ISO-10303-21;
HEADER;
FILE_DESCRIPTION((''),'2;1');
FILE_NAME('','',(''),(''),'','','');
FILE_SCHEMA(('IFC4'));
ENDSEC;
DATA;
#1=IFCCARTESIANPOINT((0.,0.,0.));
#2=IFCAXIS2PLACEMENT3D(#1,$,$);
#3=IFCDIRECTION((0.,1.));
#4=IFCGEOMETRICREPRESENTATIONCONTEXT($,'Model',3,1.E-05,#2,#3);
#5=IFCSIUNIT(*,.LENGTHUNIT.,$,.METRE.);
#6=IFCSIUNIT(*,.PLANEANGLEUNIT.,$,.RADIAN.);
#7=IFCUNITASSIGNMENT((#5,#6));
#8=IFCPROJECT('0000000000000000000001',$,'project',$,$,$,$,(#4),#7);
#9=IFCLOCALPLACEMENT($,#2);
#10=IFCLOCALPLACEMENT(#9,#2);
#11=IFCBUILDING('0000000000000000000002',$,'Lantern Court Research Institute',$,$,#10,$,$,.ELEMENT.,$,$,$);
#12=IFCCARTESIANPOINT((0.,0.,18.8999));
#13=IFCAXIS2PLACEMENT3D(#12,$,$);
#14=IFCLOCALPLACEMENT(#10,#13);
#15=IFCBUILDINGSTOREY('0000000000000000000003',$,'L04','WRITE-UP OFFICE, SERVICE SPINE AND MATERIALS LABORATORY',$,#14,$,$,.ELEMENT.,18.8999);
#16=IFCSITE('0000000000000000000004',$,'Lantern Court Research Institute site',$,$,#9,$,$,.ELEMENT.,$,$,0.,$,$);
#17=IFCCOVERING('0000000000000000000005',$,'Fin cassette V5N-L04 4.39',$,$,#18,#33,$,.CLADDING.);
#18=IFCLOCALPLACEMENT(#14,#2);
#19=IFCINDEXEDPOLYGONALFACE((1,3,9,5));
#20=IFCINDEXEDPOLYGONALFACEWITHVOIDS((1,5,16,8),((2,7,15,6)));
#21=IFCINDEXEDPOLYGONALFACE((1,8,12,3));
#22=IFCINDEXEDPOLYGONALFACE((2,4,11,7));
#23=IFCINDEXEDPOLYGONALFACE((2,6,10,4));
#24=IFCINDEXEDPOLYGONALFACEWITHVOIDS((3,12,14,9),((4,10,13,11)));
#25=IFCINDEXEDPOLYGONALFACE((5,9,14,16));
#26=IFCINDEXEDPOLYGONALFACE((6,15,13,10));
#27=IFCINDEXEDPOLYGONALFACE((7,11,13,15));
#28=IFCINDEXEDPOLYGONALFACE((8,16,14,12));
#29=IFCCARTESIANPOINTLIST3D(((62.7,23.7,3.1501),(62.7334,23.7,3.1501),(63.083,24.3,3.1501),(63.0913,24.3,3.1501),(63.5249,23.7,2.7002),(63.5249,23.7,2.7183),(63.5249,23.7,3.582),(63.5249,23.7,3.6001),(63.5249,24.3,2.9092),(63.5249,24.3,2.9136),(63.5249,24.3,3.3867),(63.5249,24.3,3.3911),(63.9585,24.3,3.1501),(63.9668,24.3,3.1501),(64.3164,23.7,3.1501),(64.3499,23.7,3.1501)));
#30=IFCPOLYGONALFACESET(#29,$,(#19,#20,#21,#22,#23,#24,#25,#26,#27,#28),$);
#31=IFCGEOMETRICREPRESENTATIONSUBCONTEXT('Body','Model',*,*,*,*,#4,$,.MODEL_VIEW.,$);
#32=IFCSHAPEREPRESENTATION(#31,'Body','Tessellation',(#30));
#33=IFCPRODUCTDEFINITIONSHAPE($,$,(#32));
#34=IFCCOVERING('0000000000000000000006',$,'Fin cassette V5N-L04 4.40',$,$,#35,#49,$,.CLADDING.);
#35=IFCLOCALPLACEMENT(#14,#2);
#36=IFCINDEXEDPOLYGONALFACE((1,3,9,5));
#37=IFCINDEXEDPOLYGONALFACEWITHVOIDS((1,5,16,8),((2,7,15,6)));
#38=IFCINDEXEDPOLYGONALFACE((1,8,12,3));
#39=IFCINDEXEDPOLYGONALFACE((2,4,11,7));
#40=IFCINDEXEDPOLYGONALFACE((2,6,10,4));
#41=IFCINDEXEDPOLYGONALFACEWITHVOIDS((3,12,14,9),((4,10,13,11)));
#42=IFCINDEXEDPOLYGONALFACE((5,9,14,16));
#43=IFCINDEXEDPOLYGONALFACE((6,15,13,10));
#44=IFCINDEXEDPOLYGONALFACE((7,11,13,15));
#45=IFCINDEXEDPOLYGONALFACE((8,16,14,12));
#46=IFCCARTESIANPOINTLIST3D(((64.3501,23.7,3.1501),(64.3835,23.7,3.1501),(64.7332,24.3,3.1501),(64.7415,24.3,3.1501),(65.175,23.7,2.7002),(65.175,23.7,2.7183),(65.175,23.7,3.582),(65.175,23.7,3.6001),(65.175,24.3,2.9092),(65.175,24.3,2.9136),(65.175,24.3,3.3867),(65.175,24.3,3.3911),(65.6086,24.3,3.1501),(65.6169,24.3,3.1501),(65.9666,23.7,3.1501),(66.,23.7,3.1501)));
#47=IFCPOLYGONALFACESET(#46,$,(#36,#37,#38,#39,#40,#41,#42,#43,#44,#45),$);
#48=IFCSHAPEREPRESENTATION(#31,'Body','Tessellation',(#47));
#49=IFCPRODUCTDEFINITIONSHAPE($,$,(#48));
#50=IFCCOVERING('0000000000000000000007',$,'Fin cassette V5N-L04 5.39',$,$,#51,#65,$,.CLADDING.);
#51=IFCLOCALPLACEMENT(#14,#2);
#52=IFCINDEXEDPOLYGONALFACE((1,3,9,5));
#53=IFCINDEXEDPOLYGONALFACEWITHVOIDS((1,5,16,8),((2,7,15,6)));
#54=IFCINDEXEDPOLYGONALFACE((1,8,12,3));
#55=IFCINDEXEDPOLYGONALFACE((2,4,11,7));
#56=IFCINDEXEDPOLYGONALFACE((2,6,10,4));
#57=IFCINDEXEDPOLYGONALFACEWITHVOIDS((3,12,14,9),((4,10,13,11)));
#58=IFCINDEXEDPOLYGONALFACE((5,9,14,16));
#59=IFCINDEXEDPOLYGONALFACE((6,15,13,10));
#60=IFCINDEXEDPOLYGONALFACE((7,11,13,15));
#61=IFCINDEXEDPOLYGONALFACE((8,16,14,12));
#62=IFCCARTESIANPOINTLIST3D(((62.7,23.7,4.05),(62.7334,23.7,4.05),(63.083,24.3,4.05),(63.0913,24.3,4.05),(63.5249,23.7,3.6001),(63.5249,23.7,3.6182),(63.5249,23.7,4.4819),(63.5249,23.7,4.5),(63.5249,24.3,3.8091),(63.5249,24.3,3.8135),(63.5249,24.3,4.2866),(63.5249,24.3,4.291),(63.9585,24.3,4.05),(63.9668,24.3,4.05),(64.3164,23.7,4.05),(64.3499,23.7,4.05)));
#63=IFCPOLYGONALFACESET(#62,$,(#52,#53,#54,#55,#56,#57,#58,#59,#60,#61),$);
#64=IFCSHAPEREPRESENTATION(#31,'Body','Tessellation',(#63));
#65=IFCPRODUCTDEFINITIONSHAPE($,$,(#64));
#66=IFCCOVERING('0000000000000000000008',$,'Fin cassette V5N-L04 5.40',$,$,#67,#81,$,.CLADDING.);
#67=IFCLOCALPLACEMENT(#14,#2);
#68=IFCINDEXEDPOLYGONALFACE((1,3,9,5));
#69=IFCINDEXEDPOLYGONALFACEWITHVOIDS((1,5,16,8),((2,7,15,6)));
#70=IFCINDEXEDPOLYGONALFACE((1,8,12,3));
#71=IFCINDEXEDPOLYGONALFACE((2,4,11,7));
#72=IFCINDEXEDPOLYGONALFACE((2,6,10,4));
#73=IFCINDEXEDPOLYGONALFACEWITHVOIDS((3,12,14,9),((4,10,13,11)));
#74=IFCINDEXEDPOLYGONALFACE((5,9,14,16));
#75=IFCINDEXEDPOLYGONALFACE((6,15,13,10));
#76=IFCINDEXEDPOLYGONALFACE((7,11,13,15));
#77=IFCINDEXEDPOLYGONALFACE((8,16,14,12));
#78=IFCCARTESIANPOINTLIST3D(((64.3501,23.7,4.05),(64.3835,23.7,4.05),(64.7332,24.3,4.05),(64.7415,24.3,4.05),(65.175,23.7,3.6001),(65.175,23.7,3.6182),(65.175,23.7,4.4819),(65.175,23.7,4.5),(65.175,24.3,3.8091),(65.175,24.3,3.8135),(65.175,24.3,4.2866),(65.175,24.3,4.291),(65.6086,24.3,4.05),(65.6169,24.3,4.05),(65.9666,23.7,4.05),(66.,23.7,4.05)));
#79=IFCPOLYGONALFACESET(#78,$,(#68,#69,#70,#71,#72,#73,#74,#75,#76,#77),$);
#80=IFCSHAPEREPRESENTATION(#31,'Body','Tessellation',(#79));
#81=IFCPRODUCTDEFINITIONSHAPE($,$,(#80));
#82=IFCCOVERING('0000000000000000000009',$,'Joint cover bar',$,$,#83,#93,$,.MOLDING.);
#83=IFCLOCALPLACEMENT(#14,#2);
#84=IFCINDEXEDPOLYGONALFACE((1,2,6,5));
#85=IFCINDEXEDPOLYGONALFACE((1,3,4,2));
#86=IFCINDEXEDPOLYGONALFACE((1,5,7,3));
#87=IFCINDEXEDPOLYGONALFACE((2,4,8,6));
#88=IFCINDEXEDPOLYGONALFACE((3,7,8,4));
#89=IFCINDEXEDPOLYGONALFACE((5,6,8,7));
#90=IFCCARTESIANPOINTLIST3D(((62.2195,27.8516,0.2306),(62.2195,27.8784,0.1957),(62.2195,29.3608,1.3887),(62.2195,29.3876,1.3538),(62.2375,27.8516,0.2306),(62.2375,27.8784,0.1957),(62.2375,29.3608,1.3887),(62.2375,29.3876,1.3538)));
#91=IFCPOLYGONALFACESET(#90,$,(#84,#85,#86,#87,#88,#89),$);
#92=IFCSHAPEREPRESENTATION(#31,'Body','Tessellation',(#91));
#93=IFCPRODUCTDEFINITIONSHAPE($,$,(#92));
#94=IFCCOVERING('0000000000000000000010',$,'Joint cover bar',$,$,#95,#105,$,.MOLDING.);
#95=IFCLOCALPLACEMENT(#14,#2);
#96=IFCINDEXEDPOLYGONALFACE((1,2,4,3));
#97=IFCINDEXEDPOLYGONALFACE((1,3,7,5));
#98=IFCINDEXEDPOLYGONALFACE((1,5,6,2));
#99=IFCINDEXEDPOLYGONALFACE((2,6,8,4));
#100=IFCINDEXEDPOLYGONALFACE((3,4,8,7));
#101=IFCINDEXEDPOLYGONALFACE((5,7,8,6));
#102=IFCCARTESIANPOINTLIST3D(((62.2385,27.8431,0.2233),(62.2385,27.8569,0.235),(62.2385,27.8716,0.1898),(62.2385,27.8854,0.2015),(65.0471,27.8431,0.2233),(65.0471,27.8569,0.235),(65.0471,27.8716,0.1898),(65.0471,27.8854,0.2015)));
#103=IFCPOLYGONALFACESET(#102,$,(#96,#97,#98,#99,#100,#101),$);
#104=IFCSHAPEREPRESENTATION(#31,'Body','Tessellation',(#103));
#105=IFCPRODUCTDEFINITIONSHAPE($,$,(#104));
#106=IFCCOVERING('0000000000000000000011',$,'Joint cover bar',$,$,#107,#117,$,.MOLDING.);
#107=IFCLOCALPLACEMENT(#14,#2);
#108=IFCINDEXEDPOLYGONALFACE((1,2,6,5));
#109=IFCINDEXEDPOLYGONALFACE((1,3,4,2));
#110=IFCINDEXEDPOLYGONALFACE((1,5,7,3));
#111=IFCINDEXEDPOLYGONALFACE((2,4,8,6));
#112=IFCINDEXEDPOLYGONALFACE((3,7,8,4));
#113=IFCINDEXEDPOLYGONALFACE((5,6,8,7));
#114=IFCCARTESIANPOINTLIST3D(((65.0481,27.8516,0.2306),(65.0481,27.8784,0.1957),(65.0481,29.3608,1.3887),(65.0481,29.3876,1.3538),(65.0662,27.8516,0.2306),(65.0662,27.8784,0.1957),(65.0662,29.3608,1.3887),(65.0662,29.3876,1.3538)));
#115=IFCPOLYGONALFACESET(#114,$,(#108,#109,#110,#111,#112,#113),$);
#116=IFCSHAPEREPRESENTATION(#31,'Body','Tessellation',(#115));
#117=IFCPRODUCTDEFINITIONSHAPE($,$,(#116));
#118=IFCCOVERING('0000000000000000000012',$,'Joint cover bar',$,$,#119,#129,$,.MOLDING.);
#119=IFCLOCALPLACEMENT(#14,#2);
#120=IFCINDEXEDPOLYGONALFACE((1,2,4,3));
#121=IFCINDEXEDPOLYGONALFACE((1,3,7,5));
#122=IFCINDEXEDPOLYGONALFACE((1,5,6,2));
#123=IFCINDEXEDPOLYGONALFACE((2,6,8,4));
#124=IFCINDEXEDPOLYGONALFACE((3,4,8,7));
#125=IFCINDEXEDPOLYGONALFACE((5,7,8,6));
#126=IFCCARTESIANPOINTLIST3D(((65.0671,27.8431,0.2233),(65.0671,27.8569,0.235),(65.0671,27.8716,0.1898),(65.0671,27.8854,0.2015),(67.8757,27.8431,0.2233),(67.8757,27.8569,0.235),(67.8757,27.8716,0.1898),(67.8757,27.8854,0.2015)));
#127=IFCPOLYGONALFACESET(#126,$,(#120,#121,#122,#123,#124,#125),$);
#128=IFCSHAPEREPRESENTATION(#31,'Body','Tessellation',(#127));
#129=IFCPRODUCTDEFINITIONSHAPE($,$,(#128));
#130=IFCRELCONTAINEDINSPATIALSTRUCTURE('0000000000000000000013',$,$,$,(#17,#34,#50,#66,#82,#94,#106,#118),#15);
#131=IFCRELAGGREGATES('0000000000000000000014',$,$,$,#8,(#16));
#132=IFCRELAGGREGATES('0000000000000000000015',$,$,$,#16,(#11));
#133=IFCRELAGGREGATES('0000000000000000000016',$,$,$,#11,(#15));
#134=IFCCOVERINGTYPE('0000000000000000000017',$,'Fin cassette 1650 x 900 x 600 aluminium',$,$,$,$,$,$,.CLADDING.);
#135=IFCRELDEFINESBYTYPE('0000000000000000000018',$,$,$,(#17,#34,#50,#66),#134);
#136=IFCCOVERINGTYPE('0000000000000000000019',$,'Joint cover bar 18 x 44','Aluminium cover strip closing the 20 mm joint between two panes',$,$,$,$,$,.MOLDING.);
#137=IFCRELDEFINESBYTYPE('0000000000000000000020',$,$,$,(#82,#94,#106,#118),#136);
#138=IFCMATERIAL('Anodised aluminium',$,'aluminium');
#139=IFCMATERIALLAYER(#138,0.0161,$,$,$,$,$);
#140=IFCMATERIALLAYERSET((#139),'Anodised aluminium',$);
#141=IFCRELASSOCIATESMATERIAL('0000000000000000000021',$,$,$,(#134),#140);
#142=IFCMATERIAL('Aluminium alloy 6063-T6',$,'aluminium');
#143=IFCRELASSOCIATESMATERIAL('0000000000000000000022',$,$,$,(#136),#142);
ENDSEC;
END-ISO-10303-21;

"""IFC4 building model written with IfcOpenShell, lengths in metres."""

from ifc_helpers import new_model, entity, si_unit, direction, frame, origin, origin_2d, place, context, subcontext, project, spatial, rectangle, extrude, material, layer, layer_set, material_profile, profile_set, type_object, element, save


model = new_model("IFC4")

# Units and contexts
model_context = context("Model", 3, precision=1e-05, world=origin(), true_north=direction((0.0, 1.0)))
body_context = subcontext(model_context, "Body", "Model", "MODEL_VIEW")
ifc_project = project(units=[si_unit("LENGTHUNIT", "METRE"), si_unit("PLANEANGLEUNIT", "RADIAN")], contexts=[model_context])

# Site, building, storey
site_placement = place(None, origin())
site = spatial("IfcSite", under=ifc_project, at=site_placement, Name="Lantern Court Research Institute site", CompositionType="ELEMENT", RefElevation=0.0)
building_placement = place(site_placement, origin())
building = spatial("IfcBuilding", under=site, at=building_placement, Name="Lantern Court Research Institute", CompositionType="ELEMENT")
storey_placement = place(building_placement, frame((0.0, 0.0, 18.8999)))
storey = spatial("IfcBuildingStorey", under=building, at=storey_placement, Name="L04", Description="WRITE-UP OFFICE, SERVICE SPINE AND MATERIALS LABORATORY", CompositionType="ELEMENT", Elevation=18.8999)

# Coverings
ifc_material_1 = material(Name="Anodised aluminium", Category="aluminium")
ifc_layer_1 = layer(ifc_material_1, 0.0161)
ifc_layer_set_1 = layer_set([ifc_layer_1], Name="Anodised aluminium")
covering_type_1 = type_object("IfcCoveringType", Name="Fin cassette 1650 x 900 x 600 aluminium", PredefinedType="CLADDING", material=ifc_layer_set_1)
covering_1_placement = place(storey_placement, frame((63.5249, 23.7, 3.1501), z_axis=(0.0, 1.0, 0.0), x_axis=(-1.0, 0.0, 0.0)))
cartesian_point_1 = entity("IfcCartesianPoint", [0.825, 0.0])
cartesian_point_2 = entity("IfcCartesianPoint", [0.7915, 0.0])
cartesian_point_3 = entity("IfcCartesianPoint", [0.4419, 0.0])
cartesian_point_4 = entity("IfcCartesianPoint", [0.4336, 0.0])
element("IfcCovering", 1, at=covering_1_placement, inside=storey, type_object=covering_type_1, Name="Fin cassette V5N-L04 4.39", PredefinedType="CLADDING", context=body_context, shape_type="SweptSolid", body=[
    entity("IfcExtrudedAreaSolidTapered", entity("IfcArbitraryProfileDefWithVoids", "AREA", None, entity("IfcPolyline", [cartesian_point_1, entity("IfcCartesianPoint", [0.0, 0.45]), entity("IfcCartesianPoint", [-0.825, 0.0]), entity("IfcCartesianPoint", [0.0, -0.45]), cartesian_point_1]), [entity("IfcPolyline", [cartesian_point_2, entity("IfcCartesianPoint", [0.0, 0.4319]), entity("IfcCartesianPoint", [-0.7915, 0.0]), entity("IfcCartesianPoint", [0.0, -0.4319]), cartesian_point_2])]), entity("IfcAxis2Placement3D", entity("IfcCartesianPoint", [0.0, 0.0, 0.0])), entity("IfcDirection", [0.0, 0.0, 1.0]), 0.6001, entity("IfcArbitraryProfileDefWithVoids", "AREA", None, entity("IfcPolyline", [cartesian_point_3, entity("IfcCartesianPoint", [0.0, 0.241]), entity("IfcCartesianPoint", [-0.4419, 0.0]), entity("IfcCartesianPoint", [0.0, -0.241]), cartesian_point_3]), [entity("IfcPolyline", [cartesian_point_4, entity("IfcCartesianPoint", [0.0, 0.2366]), entity("IfcCartesianPoint", [-0.4336, 0.0]), entity("IfcCartesianPoint", [0.0, -0.2366]), cartesian_point_4])])),
])
covering_2_placement = place(storey_placement, frame((65.175, 23.7, 3.1501), z_axis=(0.0, 1.0, 0.0), x_axis=(-1.0, 0.0, 0.0)))
cartesian_point_5 = entity("IfcCartesianPoint", [0.825, 0.0])
cartesian_point_6 = entity("IfcCartesianPoint", [0.7915, 0.0])
cartesian_point_7 = entity("IfcCartesianPoint", [0.4419, 0.0])
cartesian_point_8 = entity("IfcCartesianPoint", [0.4336, 0.0])
element("IfcCovering", 2, at=covering_2_placement, inside=storey, type_object=covering_type_1, Name="Fin cassette V5N-L04 4.40", PredefinedType="CLADDING", context=body_context, shape_type="SweptSolid", body=[
    entity("IfcExtrudedAreaSolidTapered", entity("IfcArbitraryProfileDefWithVoids", "AREA", None, entity("IfcPolyline", [cartesian_point_5, entity("IfcCartesianPoint", [0.0, 0.45]), entity("IfcCartesianPoint", [-0.825, 0.0]), entity("IfcCartesianPoint", [0.0, -0.45]), cartesian_point_5]), [entity("IfcPolyline", [cartesian_point_6, entity("IfcCartesianPoint", [0.0, 0.4319]), entity("IfcCartesianPoint", [-0.7915, 0.0]), entity("IfcCartesianPoint", [0.0, -0.4319]), cartesian_point_6])]), entity("IfcAxis2Placement3D", entity("IfcCartesianPoint", [0.0, 0.0, 0.0])), entity("IfcDirection", [0.0, 0.0, 1.0]), 0.6001, entity("IfcArbitraryProfileDefWithVoids", "AREA", None, entity("IfcPolyline", [cartesian_point_7, entity("IfcCartesianPoint", [0.0, 0.241]), entity("IfcCartesianPoint", [-0.4419, 0.0]), entity("IfcCartesianPoint", [0.0, -0.241]), cartesian_point_7]), [entity("IfcPolyline", [cartesian_point_8, entity("IfcCartesianPoint", [0.0, 0.2366]), entity("IfcCartesianPoint", [-0.4336, 0.0]), entity("IfcCartesianPoint", [0.0, -0.2366]), cartesian_point_8])])),
])
covering_3_placement = place(storey_placement, frame((63.5249, 23.7, 4.05), z_axis=(0.0, 1.0, 0.0), x_axis=(-1.0, 0.0, 0.0)))
cartesian_point_9 = entity("IfcCartesianPoint", [0.825, 0.0])
cartesian_point_10 = entity("IfcCartesianPoint", [0.7915, 0.0])
cartesian_point_11 = entity("IfcCartesianPoint", [0.4419, 0.0])
cartesian_point_12 = entity("IfcCartesianPoint", [0.4336, 0.0])
element("IfcCovering", 3, at=covering_3_placement, inside=storey, type_object=covering_type_1, Name="Fin cassette V5N-L04 5.39", PredefinedType="CLADDING", context=body_context, shape_type="SweptSolid", body=[
    entity("IfcExtrudedAreaSolidTapered", entity("IfcArbitraryProfileDefWithVoids", "AREA", None, entity("IfcPolyline", [cartesian_point_9, entity("IfcCartesianPoint", [0.0, 0.45]), entity("IfcCartesianPoint", [-0.825, 0.0]), entity("IfcCartesianPoint", [0.0, -0.45]), cartesian_point_9]), [entity("IfcPolyline", [cartesian_point_10, entity("IfcCartesianPoint", [0.0, 0.4319]), entity("IfcCartesianPoint", [-0.7915, 0.0]), entity("IfcCartesianPoint", [0.0, -0.4319]), cartesian_point_10])]), entity("IfcAxis2Placement3D", entity("IfcCartesianPoint", [0.0, 0.0, 0.0])), entity("IfcDirection", [0.0, 0.0, 1.0]), 0.6001, entity("IfcArbitraryProfileDefWithVoids", "AREA", None, entity("IfcPolyline", [cartesian_point_11, entity("IfcCartesianPoint", [0.0, 0.241]), entity("IfcCartesianPoint", [-0.4419, 0.0]), entity("IfcCartesianPoint", [0.0, -0.241]), cartesian_point_11]), [entity("IfcPolyline", [cartesian_point_12, entity("IfcCartesianPoint", [0.0, 0.2366]), entity("IfcCartesianPoint", [-0.4336, 0.0]), entity("IfcCartesianPoint", [0.0, -0.2366]), cartesian_point_12])])),
])
covering_4_placement = place(storey_placement, frame((65.175, 23.7, 4.05), z_axis=(0.0, 1.0, 0.0), x_axis=(-1.0, 0.0, 0.0)))
cartesian_point_13 = entity("IfcCartesianPoint", [0.825, 0.0])
cartesian_point_14 = entity("IfcCartesianPoint", [0.7915, 0.0])
cartesian_point_15 = entity("IfcCartesianPoint", [0.4419, 0.0])
cartesian_point_16 = entity("IfcCartesianPoint", [0.4336, 0.0])
element("IfcCovering", 4, at=covering_4_placement, inside=storey, type_object=covering_type_1, Name="Fin cassette V5N-L04 5.40", PredefinedType="CLADDING", context=body_context, shape_type="SweptSolid", body=[
    entity("IfcExtrudedAreaSolidTapered", entity("IfcArbitraryProfileDefWithVoids", "AREA", None, entity("IfcPolyline", [cartesian_point_13, entity("IfcCartesianPoint", [0.0, 0.45]), entity("IfcCartesianPoint", [-0.825, 0.0]), entity("IfcCartesianPoint", [0.0, -0.45]), cartesian_point_13]), [entity("IfcPolyline", [cartesian_point_14, entity("IfcCartesianPoint", [0.0, 0.4319]), entity("IfcCartesianPoint", [-0.7915, 0.0]), entity("IfcCartesianPoint", [0.0, -0.4319]), cartesian_point_14])]), entity("IfcAxis2Placement3D", entity("IfcCartesianPoint", [0.0, 0.0, 0.0])), entity("IfcDirection", [0.0, 0.0, 1.0]), 0.6001, entity("IfcArbitraryProfileDefWithVoids", "AREA", None, entity("IfcPolyline", [cartesian_point_15, entity("IfcCartesianPoint", [0.0, 0.241]), entity("IfcCartesianPoint", [-0.4419, 0.0]), entity("IfcCartesianPoint", [0.0, -0.241]), cartesian_point_15]), [entity("IfcPolyline", [cartesian_point_16, entity("IfcCartesianPoint", [0.0, 0.2366]), entity("IfcCartesianPoint", [-0.4336, 0.0]), entity("IfcCartesianPoint", [0.0, -0.2366]), cartesian_point_16])])),
])
ifc_material_2 = material(Name="Aluminium alloy 6063-T6", Category="aluminium")
ifc_material_profile_1 = material_profile(ifc_material_2, rectangle(XDim=0.0181, YDim=0.0439, at=origin_2d()), Name="Joint cover bar 18 x 44")
ifc_profile_set_1 = profile_set([ifc_material_profile_1], Name="Aluminium alloy 6063-T6")
covering_type_2 = type_object("IfcCoveringType", Name="Joint cover bar 18 x 44", Description="Aluminium cover strip closing the 20 mm joint between two panes", PredefinedType="MOLDING", material=ifc_profile_set_1)
covering_5_placement = place(storey_placement, frame((62.2285, 27.865, 0.2131), z_axis=(0.0, 0.79333, 0.608792), x_axis=(-1.0, 0.0, 0.0)))
element("IfcCovering", 5, at=covering_5_placement, inside=storey, type_object=covering_type_2, Name="Joint cover bar", PredefinedType="MOLDING", context=body_context, shape_type="SweptSolid", body=[
    extrude(rectangle(XDim=0.0181, YDim=0.0439, at=origin_2d()), origin(), (0.0, 0.0, 1.0), 1.9023),
])
covering_6_placement = place(storey_placement, frame((62.2385, 27.8643, 0.2124), z_axis=(1.0, 0.0, 0.0), x_axis=(0.0, 0.761673, 0.647962)))
element("IfcCovering", 6, at=covering_6_placement, inside=storey, type_object=covering_type_2, Name="Joint cover bar", PredefinedType="MOLDING", context=body_context, shape_type="SweptSolid", body=[
    extrude(rectangle(XDim=0.0181, YDim=0.0439, at=origin_2d()), origin(), (0.0, 0.0, 1.0), 2.8086),
])
covering_7_placement = place(storey_placement, frame((65.0571, 27.865, 0.2131), z_axis=(0.0, 0.79333, 0.608792), x_axis=(-1.0, 0.0, 0.0)))
element("IfcCovering", 7, at=covering_7_placement, inside=storey, type_object=covering_type_2, Name="Joint cover bar", PredefinedType="MOLDING", context=body_context, shape_type="SweptSolid", body=[
    extrude(rectangle(XDim=0.0181, YDim=0.0439, at=origin_2d()), origin(), (0.0, 0.0, 1.0), 1.9023),
])
covering_8_placement = place(storey_placement, frame((65.0671, 27.8643, 0.2124), z_axis=(1.0, 0.0, 0.0), x_axis=(0.0, 0.761673, 0.647962)))
element("IfcCovering", 8, at=covering_8_placement, inside=storey, type_object=covering_type_2, Name="Joint cover bar", PredefinedType="MOLDING", context=body_context, shape_type="SweptSolid", body=[
    extrude(rectangle(XDim=0.0181, YDim=0.0439, at=origin_2d()), origin(), (0.0, 0.0, 1.0), 2.8086),
])

save(model, "model.ifc")
